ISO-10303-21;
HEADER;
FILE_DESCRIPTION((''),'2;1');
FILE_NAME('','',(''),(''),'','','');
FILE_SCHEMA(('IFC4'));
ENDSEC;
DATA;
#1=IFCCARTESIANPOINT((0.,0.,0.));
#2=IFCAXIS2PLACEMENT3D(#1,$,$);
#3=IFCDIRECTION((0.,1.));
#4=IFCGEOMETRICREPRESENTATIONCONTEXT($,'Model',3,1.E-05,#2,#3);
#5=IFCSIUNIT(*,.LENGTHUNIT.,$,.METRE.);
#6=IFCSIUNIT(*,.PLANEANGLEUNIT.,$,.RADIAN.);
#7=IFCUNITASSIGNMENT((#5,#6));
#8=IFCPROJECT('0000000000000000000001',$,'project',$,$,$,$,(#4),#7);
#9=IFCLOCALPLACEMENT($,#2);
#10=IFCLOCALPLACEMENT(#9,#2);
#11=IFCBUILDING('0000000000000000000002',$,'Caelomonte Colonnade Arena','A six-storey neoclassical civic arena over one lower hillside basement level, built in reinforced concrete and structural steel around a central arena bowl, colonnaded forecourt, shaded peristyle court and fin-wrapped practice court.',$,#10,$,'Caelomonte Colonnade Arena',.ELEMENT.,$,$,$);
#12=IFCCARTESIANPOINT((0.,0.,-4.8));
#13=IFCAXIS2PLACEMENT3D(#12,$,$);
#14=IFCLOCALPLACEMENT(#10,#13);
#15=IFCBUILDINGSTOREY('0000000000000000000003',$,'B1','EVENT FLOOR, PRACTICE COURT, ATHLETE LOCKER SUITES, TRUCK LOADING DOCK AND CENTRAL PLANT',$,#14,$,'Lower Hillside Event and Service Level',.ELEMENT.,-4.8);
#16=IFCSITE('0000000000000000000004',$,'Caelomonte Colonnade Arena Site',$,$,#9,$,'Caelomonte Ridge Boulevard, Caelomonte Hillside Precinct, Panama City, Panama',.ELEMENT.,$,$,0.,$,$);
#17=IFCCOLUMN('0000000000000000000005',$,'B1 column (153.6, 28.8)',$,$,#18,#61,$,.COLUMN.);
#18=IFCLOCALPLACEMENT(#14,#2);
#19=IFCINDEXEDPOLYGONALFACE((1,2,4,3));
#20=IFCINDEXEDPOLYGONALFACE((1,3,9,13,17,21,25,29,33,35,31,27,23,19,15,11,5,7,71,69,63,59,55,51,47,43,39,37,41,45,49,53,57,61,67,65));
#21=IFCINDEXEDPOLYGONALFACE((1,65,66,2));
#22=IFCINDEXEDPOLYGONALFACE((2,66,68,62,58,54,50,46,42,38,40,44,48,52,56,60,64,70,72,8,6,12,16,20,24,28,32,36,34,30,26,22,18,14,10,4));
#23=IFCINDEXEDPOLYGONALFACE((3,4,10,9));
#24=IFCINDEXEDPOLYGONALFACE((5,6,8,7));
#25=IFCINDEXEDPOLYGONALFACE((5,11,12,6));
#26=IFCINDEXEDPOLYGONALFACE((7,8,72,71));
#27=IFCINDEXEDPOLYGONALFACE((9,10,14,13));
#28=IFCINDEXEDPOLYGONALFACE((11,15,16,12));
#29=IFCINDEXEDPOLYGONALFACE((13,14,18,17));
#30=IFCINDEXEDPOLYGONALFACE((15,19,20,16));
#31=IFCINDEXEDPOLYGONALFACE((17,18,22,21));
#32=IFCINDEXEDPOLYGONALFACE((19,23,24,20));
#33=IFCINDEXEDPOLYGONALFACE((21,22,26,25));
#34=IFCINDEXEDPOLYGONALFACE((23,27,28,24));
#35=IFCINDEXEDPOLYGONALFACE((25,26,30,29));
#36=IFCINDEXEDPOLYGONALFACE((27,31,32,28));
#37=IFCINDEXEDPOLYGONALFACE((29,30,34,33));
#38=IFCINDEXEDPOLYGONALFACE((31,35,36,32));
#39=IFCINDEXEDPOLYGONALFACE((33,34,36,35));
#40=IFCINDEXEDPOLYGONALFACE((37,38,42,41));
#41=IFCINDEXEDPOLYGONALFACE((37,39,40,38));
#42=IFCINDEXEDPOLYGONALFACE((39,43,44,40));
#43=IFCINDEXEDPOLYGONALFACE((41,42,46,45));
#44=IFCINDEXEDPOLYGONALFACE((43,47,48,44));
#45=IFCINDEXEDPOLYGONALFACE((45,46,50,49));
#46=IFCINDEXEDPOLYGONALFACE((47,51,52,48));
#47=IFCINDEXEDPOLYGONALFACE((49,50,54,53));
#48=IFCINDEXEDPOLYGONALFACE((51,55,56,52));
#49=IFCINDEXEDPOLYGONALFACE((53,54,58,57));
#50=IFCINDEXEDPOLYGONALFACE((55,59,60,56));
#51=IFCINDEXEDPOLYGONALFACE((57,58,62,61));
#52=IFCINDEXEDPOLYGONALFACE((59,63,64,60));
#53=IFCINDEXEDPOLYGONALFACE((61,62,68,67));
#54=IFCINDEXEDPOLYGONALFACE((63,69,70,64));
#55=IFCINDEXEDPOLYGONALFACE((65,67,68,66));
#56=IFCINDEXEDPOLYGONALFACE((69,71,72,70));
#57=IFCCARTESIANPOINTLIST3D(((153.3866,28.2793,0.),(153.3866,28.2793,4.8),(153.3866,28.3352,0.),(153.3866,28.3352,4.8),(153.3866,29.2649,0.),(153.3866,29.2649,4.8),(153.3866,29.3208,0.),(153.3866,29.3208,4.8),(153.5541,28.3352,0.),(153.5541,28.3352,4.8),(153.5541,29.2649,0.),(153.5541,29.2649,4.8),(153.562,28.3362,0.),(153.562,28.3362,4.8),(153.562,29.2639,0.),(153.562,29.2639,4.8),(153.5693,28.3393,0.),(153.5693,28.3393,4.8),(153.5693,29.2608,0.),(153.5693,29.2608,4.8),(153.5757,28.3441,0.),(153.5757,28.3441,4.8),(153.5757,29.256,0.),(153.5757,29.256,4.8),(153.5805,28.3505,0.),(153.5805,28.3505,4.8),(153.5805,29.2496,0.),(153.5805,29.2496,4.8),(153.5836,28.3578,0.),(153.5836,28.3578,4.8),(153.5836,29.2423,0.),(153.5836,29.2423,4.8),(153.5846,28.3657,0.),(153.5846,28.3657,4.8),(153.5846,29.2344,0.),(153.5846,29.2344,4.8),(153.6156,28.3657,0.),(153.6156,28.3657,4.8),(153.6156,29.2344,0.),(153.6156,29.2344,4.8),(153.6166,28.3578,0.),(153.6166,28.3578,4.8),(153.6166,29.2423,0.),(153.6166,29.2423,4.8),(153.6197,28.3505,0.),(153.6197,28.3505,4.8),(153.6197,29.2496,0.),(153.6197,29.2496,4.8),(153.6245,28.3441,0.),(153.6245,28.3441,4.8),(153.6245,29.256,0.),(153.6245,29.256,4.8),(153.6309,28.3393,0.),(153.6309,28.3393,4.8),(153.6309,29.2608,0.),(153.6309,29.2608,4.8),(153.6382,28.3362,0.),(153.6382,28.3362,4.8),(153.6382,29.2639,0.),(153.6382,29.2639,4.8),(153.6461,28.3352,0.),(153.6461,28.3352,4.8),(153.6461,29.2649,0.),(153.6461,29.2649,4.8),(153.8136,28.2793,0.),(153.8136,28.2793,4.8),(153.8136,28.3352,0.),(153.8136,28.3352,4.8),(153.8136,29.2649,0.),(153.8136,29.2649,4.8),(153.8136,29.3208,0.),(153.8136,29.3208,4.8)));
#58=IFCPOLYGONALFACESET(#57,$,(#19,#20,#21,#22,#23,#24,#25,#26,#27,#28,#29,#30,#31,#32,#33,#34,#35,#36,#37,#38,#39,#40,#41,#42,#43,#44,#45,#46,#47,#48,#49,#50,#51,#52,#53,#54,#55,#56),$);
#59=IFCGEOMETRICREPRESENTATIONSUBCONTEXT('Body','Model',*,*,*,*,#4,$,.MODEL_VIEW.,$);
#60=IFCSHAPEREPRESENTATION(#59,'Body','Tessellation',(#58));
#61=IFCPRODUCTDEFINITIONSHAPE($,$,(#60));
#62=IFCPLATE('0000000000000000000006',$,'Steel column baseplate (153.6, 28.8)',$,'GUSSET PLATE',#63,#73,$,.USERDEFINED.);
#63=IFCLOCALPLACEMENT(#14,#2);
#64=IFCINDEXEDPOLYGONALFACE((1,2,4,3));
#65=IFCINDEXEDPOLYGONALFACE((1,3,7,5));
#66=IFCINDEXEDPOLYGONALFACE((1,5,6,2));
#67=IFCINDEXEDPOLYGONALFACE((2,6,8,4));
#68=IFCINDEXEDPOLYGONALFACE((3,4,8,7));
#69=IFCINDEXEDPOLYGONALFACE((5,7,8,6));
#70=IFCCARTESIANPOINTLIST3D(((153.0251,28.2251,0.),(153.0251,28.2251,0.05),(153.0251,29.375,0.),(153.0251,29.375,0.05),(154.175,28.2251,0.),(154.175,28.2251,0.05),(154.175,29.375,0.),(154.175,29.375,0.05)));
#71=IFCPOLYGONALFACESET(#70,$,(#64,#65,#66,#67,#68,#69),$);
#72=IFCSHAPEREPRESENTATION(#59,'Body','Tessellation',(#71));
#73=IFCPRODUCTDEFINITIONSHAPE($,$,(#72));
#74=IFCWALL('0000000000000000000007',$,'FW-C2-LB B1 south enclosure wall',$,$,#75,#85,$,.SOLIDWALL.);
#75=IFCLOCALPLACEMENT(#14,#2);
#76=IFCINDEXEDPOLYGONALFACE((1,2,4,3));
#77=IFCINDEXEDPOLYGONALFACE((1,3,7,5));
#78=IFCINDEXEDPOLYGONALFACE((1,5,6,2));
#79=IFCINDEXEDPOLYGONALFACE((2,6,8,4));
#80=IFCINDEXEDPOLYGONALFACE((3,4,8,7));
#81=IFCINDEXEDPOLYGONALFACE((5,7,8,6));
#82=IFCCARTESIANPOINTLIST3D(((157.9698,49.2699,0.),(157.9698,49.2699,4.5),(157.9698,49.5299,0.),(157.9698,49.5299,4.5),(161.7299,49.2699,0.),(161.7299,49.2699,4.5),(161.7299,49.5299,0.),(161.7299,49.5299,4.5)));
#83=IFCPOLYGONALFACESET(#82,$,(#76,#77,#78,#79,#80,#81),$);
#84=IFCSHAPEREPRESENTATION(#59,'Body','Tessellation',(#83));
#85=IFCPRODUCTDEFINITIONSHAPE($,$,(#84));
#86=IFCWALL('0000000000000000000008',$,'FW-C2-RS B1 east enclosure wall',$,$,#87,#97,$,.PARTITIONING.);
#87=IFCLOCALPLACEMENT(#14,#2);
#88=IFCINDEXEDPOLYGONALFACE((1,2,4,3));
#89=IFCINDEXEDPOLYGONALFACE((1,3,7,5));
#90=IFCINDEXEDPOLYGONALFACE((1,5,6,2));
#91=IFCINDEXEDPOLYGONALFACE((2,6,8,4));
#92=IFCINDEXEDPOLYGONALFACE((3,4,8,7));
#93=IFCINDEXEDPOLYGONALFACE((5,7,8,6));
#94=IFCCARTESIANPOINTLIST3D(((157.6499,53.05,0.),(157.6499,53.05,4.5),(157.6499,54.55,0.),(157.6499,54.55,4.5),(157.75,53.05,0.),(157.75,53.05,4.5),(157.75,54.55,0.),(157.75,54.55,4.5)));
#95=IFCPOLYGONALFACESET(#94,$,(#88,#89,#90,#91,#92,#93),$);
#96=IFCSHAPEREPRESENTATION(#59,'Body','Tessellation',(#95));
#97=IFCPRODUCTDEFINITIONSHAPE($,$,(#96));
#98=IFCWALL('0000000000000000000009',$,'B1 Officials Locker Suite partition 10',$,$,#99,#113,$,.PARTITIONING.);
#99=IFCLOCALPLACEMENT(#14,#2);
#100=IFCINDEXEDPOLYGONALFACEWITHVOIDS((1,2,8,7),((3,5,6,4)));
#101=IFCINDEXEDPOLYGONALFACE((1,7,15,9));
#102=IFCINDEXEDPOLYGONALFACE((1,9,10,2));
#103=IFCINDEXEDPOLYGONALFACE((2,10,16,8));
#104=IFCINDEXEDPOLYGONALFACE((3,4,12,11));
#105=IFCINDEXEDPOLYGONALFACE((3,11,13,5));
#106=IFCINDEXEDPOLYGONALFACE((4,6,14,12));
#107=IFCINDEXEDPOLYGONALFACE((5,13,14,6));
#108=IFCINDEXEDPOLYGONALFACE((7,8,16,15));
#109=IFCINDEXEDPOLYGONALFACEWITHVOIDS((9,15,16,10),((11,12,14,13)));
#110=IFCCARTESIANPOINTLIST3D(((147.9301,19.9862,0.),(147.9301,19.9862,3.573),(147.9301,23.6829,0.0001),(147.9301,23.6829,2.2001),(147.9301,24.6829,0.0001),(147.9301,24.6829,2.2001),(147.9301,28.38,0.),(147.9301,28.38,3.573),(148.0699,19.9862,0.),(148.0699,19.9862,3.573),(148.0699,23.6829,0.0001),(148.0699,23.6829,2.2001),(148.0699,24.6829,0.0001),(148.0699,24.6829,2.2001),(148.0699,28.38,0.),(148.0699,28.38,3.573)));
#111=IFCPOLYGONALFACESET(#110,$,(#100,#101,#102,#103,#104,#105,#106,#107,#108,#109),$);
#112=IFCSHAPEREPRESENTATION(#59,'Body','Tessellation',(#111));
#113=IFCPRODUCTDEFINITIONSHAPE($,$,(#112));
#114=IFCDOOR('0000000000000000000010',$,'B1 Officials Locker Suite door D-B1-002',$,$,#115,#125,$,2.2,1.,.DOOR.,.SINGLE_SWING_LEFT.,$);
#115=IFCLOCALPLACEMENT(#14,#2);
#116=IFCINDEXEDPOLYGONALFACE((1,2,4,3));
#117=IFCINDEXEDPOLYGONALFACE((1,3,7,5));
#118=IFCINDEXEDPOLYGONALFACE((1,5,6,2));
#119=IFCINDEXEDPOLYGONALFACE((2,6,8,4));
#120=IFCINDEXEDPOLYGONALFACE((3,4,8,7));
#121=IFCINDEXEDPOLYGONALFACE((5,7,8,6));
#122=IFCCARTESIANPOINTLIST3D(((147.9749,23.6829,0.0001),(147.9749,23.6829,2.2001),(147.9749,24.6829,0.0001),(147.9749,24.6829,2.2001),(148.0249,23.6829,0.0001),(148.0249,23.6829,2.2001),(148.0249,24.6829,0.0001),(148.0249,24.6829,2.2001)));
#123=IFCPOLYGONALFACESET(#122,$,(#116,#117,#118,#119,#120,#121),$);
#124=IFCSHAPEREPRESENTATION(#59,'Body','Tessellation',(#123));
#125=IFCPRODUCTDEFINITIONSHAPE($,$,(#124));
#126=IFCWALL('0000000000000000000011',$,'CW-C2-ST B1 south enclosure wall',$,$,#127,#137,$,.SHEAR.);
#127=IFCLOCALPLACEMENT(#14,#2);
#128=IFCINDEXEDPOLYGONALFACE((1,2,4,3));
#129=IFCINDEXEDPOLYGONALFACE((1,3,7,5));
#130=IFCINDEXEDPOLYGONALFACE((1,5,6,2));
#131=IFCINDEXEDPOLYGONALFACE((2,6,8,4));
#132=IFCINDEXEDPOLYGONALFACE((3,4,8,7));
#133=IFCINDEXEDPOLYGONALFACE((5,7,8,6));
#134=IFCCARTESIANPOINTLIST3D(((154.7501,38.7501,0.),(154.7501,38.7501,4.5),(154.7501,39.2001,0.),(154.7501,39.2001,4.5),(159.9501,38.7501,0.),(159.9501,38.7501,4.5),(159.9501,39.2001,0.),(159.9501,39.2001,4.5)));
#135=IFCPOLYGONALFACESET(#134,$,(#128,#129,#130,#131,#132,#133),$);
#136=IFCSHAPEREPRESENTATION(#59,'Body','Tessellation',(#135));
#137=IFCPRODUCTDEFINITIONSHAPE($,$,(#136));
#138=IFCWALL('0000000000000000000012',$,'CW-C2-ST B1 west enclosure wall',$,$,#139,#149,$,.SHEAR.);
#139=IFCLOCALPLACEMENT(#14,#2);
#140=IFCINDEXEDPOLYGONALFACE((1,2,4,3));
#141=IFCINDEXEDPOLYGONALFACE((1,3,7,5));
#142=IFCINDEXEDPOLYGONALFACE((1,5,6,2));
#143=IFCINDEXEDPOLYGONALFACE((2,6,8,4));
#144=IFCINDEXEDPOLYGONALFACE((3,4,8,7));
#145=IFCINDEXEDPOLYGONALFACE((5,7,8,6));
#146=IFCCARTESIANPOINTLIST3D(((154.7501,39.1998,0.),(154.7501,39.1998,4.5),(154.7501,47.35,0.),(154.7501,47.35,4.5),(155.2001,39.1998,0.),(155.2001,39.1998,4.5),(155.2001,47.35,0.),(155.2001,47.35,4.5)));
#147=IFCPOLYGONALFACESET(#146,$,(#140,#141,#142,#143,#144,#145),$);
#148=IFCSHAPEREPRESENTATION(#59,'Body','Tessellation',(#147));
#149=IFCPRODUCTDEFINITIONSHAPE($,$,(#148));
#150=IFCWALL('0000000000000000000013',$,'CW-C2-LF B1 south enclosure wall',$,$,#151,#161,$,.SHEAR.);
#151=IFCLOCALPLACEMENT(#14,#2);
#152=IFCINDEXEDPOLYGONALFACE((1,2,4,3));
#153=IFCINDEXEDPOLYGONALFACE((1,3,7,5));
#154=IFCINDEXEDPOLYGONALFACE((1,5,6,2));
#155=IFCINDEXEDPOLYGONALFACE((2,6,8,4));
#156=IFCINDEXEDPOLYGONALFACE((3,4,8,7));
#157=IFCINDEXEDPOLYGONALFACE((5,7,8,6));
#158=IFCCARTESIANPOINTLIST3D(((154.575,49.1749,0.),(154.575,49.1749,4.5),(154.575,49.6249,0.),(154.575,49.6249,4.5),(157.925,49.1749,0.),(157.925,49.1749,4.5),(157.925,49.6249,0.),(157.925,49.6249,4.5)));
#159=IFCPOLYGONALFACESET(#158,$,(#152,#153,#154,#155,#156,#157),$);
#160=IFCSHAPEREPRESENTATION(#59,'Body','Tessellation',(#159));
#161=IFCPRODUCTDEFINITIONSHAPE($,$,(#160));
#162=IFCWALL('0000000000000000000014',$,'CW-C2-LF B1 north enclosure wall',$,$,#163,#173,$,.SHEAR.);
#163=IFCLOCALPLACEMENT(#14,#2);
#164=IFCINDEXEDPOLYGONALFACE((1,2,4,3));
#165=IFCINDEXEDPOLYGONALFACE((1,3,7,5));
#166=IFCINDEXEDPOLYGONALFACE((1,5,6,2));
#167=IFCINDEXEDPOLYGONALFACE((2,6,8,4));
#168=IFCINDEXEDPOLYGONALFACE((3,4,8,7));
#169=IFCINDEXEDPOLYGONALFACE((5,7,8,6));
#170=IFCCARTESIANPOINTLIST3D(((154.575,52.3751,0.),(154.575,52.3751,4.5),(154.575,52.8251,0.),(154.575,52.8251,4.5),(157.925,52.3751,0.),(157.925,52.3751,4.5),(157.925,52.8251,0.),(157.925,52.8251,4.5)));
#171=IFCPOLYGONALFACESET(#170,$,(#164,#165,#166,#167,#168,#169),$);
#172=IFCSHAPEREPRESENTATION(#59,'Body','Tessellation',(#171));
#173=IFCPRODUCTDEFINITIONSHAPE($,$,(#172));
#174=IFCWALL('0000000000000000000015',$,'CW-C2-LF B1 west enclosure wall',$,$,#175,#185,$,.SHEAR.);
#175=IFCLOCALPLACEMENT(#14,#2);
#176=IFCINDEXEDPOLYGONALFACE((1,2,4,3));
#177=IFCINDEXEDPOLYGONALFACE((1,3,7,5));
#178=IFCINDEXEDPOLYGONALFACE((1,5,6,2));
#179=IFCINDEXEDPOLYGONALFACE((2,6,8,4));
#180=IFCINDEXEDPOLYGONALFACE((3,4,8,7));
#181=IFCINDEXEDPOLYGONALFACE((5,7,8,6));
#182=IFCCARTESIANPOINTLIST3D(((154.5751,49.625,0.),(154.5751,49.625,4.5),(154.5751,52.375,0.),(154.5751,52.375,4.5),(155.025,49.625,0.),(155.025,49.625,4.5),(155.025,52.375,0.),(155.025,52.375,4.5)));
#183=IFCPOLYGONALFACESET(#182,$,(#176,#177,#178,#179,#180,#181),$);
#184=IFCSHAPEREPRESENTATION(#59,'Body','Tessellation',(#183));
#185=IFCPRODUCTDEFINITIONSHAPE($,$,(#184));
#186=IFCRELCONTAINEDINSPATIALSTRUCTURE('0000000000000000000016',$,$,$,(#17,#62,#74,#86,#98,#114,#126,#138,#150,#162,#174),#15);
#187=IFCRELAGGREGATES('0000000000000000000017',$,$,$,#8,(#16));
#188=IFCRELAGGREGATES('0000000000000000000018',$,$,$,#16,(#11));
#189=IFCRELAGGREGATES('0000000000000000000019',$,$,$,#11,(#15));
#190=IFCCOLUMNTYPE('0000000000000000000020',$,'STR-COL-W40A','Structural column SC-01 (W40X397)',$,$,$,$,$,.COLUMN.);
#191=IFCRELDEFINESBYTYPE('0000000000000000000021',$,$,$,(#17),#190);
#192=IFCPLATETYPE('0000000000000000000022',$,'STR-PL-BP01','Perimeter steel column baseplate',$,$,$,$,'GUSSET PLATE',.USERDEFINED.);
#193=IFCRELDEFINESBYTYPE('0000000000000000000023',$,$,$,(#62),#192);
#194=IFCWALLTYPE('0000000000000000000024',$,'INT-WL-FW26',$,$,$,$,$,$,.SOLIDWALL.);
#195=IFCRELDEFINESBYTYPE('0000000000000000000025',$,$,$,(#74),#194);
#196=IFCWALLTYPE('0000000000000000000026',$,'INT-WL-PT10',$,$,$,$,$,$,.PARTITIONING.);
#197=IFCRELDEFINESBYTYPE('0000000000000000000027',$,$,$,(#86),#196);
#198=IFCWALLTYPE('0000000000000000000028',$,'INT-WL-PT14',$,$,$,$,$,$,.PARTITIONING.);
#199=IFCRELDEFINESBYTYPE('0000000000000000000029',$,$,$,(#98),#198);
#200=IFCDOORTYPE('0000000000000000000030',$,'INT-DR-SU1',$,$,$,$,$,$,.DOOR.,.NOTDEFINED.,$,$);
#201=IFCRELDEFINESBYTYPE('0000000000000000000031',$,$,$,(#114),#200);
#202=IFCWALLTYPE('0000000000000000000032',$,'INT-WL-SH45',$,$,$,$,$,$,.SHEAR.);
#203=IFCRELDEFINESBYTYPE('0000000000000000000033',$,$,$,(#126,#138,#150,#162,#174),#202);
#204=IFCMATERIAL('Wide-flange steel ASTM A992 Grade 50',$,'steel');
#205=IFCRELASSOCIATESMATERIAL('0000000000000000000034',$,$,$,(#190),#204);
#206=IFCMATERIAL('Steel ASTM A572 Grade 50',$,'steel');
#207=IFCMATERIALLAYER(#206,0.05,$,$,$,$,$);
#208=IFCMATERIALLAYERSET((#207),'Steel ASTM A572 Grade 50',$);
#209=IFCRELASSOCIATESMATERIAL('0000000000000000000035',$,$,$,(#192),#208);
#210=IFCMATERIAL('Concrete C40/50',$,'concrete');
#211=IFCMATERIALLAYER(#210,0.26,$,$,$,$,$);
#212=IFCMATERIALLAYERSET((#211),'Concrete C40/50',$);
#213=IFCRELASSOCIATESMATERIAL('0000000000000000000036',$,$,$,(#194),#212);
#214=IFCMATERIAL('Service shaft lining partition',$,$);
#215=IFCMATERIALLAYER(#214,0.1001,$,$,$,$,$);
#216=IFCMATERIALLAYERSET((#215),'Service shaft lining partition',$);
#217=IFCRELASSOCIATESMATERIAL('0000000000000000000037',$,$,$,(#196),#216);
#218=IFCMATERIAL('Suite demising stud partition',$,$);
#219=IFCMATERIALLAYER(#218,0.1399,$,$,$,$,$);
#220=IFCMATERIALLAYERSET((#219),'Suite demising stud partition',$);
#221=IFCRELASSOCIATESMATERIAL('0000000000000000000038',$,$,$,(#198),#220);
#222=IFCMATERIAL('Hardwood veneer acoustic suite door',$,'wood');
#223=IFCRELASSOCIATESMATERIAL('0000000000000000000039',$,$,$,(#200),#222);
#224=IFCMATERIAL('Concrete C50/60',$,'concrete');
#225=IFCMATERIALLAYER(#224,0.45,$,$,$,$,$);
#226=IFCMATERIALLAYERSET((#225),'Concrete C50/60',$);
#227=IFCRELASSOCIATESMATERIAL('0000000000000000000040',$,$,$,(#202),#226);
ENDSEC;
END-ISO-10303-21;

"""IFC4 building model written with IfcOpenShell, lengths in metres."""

from ifc_helpers import new_model, si_unit, direction, frame, frame_2d, origin, origin_2d, place, context, subcontext, project, spatial, rectangle, i_section, extrude, material, layer, layer_set, material_profile, profile_set, type_object, element, fill, save


model = new_model("IFC4")

# Units and contexts
model_context = context("Model", 3, precision=1e-05, world=origin(), true_north=direction((0.0, 1.0)))
body_context = subcontext(model_context, "Body", "Model", "MODEL_VIEW")
ifc_project = project(units=[si_unit("LENGTHUNIT", "METRE"), si_unit("PLANEANGLEUNIT", "RADIAN")], contexts=[model_context])

# Site, building, storey
site_placement = place(None, origin())
site = spatial("IfcSite", under=ifc_project, at=site_placement, Name="Caelomonte Colonnade Arena Site", LongName="Caelomonte Ridge Boulevard, Caelomonte Hillside Precinct, Panama City, Panama", CompositionType="ELEMENT", RefElevation=0.0)
building_placement = place(site_placement, origin())
building = spatial("IfcBuilding", under=site, at=building_placement, Name="Caelomonte Colonnade Arena", Description="A six-storey neoclassical civic arena over one lower hillside basement level, built in reinforced concrete and structural steel around a central arena bowl, colonnaded forecourt, shaded peristyle court and fin-wrapped practice court.", LongName="Caelomonte Colonnade Arena", CompositionType="ELEMENT")
storey_placement = place(building_placement, frame((0.0, 0.0, -4.8)))
storey = spatial("IfcBuildingStorey", under=building, at=storey_placement, Name="B1", Description="EVENT FLOOR, PRACTICE COURT, ATHLETE LOCKER SUITES, TRUCK LOADING DOCK AND CENTRAL PLANT", LongName="Lower Hillside Event and Service Level", CompositionType="ELEMENT", Elevation=-4.8)

# Shared definitions
ifc_material_1 = material(Name="Concrete C40/50", Category="concrete")

# Column
ifc_material_2 = material(Name="Concrete C50/60", Category="concrete")
ifc_material_3 = material(Name="Wide-flange steel ASTM A992 Grade 50", Category="steel")
ifc_material_profile_1 = material_profile(ifc_material_3, i_section(OverallWidth=0.427, OverallDepth=1.0415, WebThickness=0.031, FlangeThickness=0.0559, FilletRadius=0.0305, at=origin_2d()), Name="W40X397")
ifc_profile_set_1 = profile_set([ifc_material_profile_1], Name="Wide-flange steel ASTM A992 Grade 50")
column_type_1 = type_object("IfcColumnType", Name="STR-COL-W40A", Description="Structural column SC-01 (W40X397)", PredefinedType="COLUMN", material=ifc_profile_set_1)
column_placement = place(storey_placement, frame((153.6001, 28.8, 0.0), z_axis=(0.0, 0.0, 1.0), x_axis=(1.0, 0.0, 0.0)))
element("IfcColumn", 1, at=column_placement, inside=storey, type_object=column_type_1, Name="B1 column (153.6, 28.8)", PredefinedType="COLUMN", context=body_context, shape_type="SweptSolid", body=[
    extrude(i_section(OverallWidth=0.427, OverallDepth=1.0415, WebThickness=0.031, FlangeThickness=0.0559, FilletRadius=0.0305, at=origin_2d()), origin(), (0.0, 0.0, 1.0), 4.8),
])

# Plate
ifc_material_4 = material(Name="Steel ASTM A572 Grade 50", Category="steel")
ifc_layer_1 = layer(ifc_material_4, 0.05)
ifc_layer_set_1 = layer_set([ifc_layer_1], Name="Steel ASTM A572 Grade 50")
plate_type = type_object("IfcPlateType", Name="STR-PL-BP01", Description="Perimeter steel column baseplate", ElementType="GUSSET PLATE", PredefinedType="USERDEFINED", material=ifc_layer_set_1)
plate_placement = place(storey_placement, frame((153.6001, 28.8, 0.0), z_axis=(0.0, 0.0, 1.0), x_axis=(1.0, 0.0, 0.0)))
element("IfcPlate", 2, at=plate_placement, inside=storey, type_object=plate_type, Name="Steel column baseplate (153.6, 28.8)", ObjectType="GUSSET PLATE", PredefinedType="USERDEFINED", context=body_context, shape_type="SweptSolid", body=[
    extrude(rectangle(XDim=1.1499, YDim=1.1499, at=origin_2d()), origin(), (0.0, 0.0, 1.0), 0.05),
])

# Walls
ifc_layer_2 = layer(ifc_material_1, 0.26)
ifc_layer_set_2 = layer_set([ifc_layer_2], Name="Concrete C40/50")
wall_type_1 = type_object("IfcWallType", Name="INT-WL-FW26", PredefinedType="SOLIDWALL", material=ifc_layer_set_2)
wall_1_placement = place(storey_placement, frame((157.97, 49.3999, 0.0), z_axis=(0.0, 0.0, 1.0), x_axis=(1.0, 0.0, 0.0)))
element("IfcWall", 3, at=wall_1_placement, inside=storey, type_object=wall_type_1, Name="FW-C2-LB B1 south enclosure wall", PredefinedType="SOLIDWALL", context=body_context, shape_type="SweptSolid", body=[
    extrude(rectangle(XDim=3.76, YDim=0.26, at=frame_2d((1.8799, 0.0))), origin(), (0.0, 0.0, 1.0), 4.5),
])
ifc_material_5 = material(Name="Service shaft lining partition")
ifc_layer_3 = layer(ifc_material_5, 0.1001)
ifc_layer_set_3 = layer_set([ifc_layer_3], Name="Service shaft lining partition")
wall_type_2 = type_object("IfcWallType", Name="INT-WL-PT10", PredefinedType="PARTITIONING", material=ifc_layer_set_3)
wall_2_placement = place(storey_placement, frame((157.7, 53.05, 0.0), z_axis=(0.0, 0.0, 1.0), x_axis=(0.0, 1.0, 0.0)))
element("IfcWall", 4, at=wall_2_placement, inside=storey, type_object=wall_type_2, Name="FW-C2-RS B1 east enclosure wall", PredefinedType="PARTITIONING", context=body_context, shape_type="SweptSolid", body=[
    extrude(rectangle(XDim=1.5, YDim=0.1001, at=frame_2d((0.75, 0.0))), origin(), (0.0, 0.0, 1.0), 4.5),
])

# Wall, opening, door
ifc_material_6 = material(Name="Suite demising stud partition")
ifc_layer_4 = layer(ifc_material_6, 0.1399)
ifc_layer_set_4 = layer_set([ifc_layer_4], Name="Suite demising stud partition")
wall_type_3 = type_object("IfcWallType", Name="INT-WL-PT14", PredefinedType="PARTITIONING", material=ifc_layer_set_4)
wall_3_placement = place(storey_placement, frame((148.0, 28.3799, 0.0), z_axis=(0.0, 0.0, 1.0), x_axis=(0.0, -1.0, 0.0)))
wall_3 = element("IfcWall", 5, at=wall_3_placement, inside=storey, type_object=wall_type_3, Name="B1 Officials Locker Suite partition 10", PredefinedType="PARTITIONING", context=body_context, shape_type="SweptSolid", body=[
    extrude(rectangle(XDim=8.3938, YDim=0.1399, at=frame_2d((4.1968, 0.0))), origin(), (0.0, 0.0, 1.0), 3.573),
])
opening_1_placement = place(wall_3_placement, frame((3.697, 0.0, 0.0), z_axis=(0.0, 0.0, 1.0), x_axis=(1.0, 0.0, 0.0)))
opening_1 = element("IfcOpeningElement", 6, at=opening_1_placement, cuts=wall_3, PredefinedType="OPENING", context=body_context, shape_type="SweptSolid", body=[
    extrude(rectangle(XDim=1.0, YDim=2.2, at=frame_2d((0.5, 1.1001))), frame((0.0, 0.0798, 0.0), z_axis=(0.0, -1.0, 0.0), x_axis=(1.0, 0.0, 0.0)), (0.0, 0.0, 1.0), 0.1599),
])
ifc_material_7 = material(Name="Hardwood veneer acoustic suite door", Category="wood")
door_type_1 = type_object("IfcDoorType", Name="INT-DR-SU1", OperationType="NOTDEFINED", PredefinedType="DOOR", material=ifc_material_7)
door_1_placement = place(opening_1_placement, origin())
door_1 = element("IfcDoor", 7, at=door_1_placement, inside=storey, type_object=door_type_1, Name="B1 Officials Locker Suite door D-B1-002", OperationType="SINGLE_SWING_LEFT", OverallHeight=2.2, OverallWidth=1.0, PredefinedType="DOOR", context=body_context, shape_type="SweptSolid", body=[
    extrude(rectangle(XDim=1.0, YDim=2.2, at=frame_2d((0.5, 1.1001))), frame((0.0, 0.0249, 0.0), z_axis=(0.0, -1.0, 0.0), x_axis=(1.0, 0.0, 0.0)), (0.0, 0.0, 1.0), 0.05),
])
fill(opening_1, door_1)

# Walls
ifc_layer_5 = layer(ifc_material_2, 0.45)
ifc_layer_set_5 = layer_set([ifc_layer_5], Name="Concrete C50/60")
wall_type_4 = type_object("IfcWallType", Name="INT-WL-SH45", PredefinedType="SHEAR", material=ifc_layer_set_5)
wall_4_placement = place(storey_placement, frame((154.75, 38.9751, 0.0), z_axis=(0.0, 0.0, 1.0), x_axis=(1.0, 0.0, 0.0)))
element("IfcWall", 8, at=wall_4_placement, inside=storey, type_object=wall_type_4, Name="CW-C2-ST B1 south enclosure wall", PredefinedType="SHEAR", context=body_context, shape_type="SweptSolid", body=[
    extrude(rectangle(XDim=5.2, YDim=0.45, at=frame_2d((2.6001, 0.0))), origin(), (0.0, 0.0, 1.0), 4.5),
])
wall_5_placement = place(storey_placement, frame((154.9751, 47.3501, 0.0), z_axis=(0.0, 0.0, 1.0), x_axis=(0.0, -1.0, 0.0)))
element("IfcWall", 9, at=wall_5_placement, inside=storey, type_object=wall_type_4, Name="CW-C2-ST B1 west enclosure wall", PredefinedType="SHEAR", context=body_context, shape_type="SweptSolid", body=[
    extrude(rectangle(XDim=8.1501, YDim=0.45, at=frame_2d((4.0752, 0.0))), origin(), (0.0, 0.0, 1.0), 4.5),
])
for number, where, z_axis, x_axis, name in (
    (10, (154.575, 49.3999, 0.0), (0.0, 0.0, 1.0), (1.0, 0.0, 0.0), "CW-C2-LF B1 south enclosure wall"),
    (11, (157.925, 52.6001, 0.0), (0.0, 0.0, 1.0), (-1.0, 0.0, 0.0), "CW-C2-LF B1 north enclosure wall"),
):
    element("IfcWall", number, at=place(storey_placement, frame(where, z_axis=z_axis, x_axis=x_axis)), inside=storey, type_object=wall_type_4, Name=name, PredefinedType="SHEAR", context=body_context, shape_type="SweptSolid", body=[
        extrude(rectangle(XDim=3.3501, YDim=0.45, at=frame_2d((1.675, 0.0))), origin(), (0.0, 0.0, 1.0), 4.5),
    ])
wall_6_placement = place(storey_placement, frame((154.8, 52.375, 0.0), z_axis=(0.0, 0.0, 1.0), x_axis=(0.0, -1.0, 0.0)))
element("IfcWall", 12, at=wall_6_placement, inside=storey, type_object=wall_type_4, Name="CW-C2-LF B1 west enclosure wall", PredefinedType="SHEAR", context=body_context, shape_type="SweptSolid", body=[
    extrude(rectangle(XDim=2.75, YDim=0.45, at=frame_2d((1.375, 0.0))), origin(), (0.0, 0.0, 1.0), 4.5),
])

save(model, "model.ifc")
